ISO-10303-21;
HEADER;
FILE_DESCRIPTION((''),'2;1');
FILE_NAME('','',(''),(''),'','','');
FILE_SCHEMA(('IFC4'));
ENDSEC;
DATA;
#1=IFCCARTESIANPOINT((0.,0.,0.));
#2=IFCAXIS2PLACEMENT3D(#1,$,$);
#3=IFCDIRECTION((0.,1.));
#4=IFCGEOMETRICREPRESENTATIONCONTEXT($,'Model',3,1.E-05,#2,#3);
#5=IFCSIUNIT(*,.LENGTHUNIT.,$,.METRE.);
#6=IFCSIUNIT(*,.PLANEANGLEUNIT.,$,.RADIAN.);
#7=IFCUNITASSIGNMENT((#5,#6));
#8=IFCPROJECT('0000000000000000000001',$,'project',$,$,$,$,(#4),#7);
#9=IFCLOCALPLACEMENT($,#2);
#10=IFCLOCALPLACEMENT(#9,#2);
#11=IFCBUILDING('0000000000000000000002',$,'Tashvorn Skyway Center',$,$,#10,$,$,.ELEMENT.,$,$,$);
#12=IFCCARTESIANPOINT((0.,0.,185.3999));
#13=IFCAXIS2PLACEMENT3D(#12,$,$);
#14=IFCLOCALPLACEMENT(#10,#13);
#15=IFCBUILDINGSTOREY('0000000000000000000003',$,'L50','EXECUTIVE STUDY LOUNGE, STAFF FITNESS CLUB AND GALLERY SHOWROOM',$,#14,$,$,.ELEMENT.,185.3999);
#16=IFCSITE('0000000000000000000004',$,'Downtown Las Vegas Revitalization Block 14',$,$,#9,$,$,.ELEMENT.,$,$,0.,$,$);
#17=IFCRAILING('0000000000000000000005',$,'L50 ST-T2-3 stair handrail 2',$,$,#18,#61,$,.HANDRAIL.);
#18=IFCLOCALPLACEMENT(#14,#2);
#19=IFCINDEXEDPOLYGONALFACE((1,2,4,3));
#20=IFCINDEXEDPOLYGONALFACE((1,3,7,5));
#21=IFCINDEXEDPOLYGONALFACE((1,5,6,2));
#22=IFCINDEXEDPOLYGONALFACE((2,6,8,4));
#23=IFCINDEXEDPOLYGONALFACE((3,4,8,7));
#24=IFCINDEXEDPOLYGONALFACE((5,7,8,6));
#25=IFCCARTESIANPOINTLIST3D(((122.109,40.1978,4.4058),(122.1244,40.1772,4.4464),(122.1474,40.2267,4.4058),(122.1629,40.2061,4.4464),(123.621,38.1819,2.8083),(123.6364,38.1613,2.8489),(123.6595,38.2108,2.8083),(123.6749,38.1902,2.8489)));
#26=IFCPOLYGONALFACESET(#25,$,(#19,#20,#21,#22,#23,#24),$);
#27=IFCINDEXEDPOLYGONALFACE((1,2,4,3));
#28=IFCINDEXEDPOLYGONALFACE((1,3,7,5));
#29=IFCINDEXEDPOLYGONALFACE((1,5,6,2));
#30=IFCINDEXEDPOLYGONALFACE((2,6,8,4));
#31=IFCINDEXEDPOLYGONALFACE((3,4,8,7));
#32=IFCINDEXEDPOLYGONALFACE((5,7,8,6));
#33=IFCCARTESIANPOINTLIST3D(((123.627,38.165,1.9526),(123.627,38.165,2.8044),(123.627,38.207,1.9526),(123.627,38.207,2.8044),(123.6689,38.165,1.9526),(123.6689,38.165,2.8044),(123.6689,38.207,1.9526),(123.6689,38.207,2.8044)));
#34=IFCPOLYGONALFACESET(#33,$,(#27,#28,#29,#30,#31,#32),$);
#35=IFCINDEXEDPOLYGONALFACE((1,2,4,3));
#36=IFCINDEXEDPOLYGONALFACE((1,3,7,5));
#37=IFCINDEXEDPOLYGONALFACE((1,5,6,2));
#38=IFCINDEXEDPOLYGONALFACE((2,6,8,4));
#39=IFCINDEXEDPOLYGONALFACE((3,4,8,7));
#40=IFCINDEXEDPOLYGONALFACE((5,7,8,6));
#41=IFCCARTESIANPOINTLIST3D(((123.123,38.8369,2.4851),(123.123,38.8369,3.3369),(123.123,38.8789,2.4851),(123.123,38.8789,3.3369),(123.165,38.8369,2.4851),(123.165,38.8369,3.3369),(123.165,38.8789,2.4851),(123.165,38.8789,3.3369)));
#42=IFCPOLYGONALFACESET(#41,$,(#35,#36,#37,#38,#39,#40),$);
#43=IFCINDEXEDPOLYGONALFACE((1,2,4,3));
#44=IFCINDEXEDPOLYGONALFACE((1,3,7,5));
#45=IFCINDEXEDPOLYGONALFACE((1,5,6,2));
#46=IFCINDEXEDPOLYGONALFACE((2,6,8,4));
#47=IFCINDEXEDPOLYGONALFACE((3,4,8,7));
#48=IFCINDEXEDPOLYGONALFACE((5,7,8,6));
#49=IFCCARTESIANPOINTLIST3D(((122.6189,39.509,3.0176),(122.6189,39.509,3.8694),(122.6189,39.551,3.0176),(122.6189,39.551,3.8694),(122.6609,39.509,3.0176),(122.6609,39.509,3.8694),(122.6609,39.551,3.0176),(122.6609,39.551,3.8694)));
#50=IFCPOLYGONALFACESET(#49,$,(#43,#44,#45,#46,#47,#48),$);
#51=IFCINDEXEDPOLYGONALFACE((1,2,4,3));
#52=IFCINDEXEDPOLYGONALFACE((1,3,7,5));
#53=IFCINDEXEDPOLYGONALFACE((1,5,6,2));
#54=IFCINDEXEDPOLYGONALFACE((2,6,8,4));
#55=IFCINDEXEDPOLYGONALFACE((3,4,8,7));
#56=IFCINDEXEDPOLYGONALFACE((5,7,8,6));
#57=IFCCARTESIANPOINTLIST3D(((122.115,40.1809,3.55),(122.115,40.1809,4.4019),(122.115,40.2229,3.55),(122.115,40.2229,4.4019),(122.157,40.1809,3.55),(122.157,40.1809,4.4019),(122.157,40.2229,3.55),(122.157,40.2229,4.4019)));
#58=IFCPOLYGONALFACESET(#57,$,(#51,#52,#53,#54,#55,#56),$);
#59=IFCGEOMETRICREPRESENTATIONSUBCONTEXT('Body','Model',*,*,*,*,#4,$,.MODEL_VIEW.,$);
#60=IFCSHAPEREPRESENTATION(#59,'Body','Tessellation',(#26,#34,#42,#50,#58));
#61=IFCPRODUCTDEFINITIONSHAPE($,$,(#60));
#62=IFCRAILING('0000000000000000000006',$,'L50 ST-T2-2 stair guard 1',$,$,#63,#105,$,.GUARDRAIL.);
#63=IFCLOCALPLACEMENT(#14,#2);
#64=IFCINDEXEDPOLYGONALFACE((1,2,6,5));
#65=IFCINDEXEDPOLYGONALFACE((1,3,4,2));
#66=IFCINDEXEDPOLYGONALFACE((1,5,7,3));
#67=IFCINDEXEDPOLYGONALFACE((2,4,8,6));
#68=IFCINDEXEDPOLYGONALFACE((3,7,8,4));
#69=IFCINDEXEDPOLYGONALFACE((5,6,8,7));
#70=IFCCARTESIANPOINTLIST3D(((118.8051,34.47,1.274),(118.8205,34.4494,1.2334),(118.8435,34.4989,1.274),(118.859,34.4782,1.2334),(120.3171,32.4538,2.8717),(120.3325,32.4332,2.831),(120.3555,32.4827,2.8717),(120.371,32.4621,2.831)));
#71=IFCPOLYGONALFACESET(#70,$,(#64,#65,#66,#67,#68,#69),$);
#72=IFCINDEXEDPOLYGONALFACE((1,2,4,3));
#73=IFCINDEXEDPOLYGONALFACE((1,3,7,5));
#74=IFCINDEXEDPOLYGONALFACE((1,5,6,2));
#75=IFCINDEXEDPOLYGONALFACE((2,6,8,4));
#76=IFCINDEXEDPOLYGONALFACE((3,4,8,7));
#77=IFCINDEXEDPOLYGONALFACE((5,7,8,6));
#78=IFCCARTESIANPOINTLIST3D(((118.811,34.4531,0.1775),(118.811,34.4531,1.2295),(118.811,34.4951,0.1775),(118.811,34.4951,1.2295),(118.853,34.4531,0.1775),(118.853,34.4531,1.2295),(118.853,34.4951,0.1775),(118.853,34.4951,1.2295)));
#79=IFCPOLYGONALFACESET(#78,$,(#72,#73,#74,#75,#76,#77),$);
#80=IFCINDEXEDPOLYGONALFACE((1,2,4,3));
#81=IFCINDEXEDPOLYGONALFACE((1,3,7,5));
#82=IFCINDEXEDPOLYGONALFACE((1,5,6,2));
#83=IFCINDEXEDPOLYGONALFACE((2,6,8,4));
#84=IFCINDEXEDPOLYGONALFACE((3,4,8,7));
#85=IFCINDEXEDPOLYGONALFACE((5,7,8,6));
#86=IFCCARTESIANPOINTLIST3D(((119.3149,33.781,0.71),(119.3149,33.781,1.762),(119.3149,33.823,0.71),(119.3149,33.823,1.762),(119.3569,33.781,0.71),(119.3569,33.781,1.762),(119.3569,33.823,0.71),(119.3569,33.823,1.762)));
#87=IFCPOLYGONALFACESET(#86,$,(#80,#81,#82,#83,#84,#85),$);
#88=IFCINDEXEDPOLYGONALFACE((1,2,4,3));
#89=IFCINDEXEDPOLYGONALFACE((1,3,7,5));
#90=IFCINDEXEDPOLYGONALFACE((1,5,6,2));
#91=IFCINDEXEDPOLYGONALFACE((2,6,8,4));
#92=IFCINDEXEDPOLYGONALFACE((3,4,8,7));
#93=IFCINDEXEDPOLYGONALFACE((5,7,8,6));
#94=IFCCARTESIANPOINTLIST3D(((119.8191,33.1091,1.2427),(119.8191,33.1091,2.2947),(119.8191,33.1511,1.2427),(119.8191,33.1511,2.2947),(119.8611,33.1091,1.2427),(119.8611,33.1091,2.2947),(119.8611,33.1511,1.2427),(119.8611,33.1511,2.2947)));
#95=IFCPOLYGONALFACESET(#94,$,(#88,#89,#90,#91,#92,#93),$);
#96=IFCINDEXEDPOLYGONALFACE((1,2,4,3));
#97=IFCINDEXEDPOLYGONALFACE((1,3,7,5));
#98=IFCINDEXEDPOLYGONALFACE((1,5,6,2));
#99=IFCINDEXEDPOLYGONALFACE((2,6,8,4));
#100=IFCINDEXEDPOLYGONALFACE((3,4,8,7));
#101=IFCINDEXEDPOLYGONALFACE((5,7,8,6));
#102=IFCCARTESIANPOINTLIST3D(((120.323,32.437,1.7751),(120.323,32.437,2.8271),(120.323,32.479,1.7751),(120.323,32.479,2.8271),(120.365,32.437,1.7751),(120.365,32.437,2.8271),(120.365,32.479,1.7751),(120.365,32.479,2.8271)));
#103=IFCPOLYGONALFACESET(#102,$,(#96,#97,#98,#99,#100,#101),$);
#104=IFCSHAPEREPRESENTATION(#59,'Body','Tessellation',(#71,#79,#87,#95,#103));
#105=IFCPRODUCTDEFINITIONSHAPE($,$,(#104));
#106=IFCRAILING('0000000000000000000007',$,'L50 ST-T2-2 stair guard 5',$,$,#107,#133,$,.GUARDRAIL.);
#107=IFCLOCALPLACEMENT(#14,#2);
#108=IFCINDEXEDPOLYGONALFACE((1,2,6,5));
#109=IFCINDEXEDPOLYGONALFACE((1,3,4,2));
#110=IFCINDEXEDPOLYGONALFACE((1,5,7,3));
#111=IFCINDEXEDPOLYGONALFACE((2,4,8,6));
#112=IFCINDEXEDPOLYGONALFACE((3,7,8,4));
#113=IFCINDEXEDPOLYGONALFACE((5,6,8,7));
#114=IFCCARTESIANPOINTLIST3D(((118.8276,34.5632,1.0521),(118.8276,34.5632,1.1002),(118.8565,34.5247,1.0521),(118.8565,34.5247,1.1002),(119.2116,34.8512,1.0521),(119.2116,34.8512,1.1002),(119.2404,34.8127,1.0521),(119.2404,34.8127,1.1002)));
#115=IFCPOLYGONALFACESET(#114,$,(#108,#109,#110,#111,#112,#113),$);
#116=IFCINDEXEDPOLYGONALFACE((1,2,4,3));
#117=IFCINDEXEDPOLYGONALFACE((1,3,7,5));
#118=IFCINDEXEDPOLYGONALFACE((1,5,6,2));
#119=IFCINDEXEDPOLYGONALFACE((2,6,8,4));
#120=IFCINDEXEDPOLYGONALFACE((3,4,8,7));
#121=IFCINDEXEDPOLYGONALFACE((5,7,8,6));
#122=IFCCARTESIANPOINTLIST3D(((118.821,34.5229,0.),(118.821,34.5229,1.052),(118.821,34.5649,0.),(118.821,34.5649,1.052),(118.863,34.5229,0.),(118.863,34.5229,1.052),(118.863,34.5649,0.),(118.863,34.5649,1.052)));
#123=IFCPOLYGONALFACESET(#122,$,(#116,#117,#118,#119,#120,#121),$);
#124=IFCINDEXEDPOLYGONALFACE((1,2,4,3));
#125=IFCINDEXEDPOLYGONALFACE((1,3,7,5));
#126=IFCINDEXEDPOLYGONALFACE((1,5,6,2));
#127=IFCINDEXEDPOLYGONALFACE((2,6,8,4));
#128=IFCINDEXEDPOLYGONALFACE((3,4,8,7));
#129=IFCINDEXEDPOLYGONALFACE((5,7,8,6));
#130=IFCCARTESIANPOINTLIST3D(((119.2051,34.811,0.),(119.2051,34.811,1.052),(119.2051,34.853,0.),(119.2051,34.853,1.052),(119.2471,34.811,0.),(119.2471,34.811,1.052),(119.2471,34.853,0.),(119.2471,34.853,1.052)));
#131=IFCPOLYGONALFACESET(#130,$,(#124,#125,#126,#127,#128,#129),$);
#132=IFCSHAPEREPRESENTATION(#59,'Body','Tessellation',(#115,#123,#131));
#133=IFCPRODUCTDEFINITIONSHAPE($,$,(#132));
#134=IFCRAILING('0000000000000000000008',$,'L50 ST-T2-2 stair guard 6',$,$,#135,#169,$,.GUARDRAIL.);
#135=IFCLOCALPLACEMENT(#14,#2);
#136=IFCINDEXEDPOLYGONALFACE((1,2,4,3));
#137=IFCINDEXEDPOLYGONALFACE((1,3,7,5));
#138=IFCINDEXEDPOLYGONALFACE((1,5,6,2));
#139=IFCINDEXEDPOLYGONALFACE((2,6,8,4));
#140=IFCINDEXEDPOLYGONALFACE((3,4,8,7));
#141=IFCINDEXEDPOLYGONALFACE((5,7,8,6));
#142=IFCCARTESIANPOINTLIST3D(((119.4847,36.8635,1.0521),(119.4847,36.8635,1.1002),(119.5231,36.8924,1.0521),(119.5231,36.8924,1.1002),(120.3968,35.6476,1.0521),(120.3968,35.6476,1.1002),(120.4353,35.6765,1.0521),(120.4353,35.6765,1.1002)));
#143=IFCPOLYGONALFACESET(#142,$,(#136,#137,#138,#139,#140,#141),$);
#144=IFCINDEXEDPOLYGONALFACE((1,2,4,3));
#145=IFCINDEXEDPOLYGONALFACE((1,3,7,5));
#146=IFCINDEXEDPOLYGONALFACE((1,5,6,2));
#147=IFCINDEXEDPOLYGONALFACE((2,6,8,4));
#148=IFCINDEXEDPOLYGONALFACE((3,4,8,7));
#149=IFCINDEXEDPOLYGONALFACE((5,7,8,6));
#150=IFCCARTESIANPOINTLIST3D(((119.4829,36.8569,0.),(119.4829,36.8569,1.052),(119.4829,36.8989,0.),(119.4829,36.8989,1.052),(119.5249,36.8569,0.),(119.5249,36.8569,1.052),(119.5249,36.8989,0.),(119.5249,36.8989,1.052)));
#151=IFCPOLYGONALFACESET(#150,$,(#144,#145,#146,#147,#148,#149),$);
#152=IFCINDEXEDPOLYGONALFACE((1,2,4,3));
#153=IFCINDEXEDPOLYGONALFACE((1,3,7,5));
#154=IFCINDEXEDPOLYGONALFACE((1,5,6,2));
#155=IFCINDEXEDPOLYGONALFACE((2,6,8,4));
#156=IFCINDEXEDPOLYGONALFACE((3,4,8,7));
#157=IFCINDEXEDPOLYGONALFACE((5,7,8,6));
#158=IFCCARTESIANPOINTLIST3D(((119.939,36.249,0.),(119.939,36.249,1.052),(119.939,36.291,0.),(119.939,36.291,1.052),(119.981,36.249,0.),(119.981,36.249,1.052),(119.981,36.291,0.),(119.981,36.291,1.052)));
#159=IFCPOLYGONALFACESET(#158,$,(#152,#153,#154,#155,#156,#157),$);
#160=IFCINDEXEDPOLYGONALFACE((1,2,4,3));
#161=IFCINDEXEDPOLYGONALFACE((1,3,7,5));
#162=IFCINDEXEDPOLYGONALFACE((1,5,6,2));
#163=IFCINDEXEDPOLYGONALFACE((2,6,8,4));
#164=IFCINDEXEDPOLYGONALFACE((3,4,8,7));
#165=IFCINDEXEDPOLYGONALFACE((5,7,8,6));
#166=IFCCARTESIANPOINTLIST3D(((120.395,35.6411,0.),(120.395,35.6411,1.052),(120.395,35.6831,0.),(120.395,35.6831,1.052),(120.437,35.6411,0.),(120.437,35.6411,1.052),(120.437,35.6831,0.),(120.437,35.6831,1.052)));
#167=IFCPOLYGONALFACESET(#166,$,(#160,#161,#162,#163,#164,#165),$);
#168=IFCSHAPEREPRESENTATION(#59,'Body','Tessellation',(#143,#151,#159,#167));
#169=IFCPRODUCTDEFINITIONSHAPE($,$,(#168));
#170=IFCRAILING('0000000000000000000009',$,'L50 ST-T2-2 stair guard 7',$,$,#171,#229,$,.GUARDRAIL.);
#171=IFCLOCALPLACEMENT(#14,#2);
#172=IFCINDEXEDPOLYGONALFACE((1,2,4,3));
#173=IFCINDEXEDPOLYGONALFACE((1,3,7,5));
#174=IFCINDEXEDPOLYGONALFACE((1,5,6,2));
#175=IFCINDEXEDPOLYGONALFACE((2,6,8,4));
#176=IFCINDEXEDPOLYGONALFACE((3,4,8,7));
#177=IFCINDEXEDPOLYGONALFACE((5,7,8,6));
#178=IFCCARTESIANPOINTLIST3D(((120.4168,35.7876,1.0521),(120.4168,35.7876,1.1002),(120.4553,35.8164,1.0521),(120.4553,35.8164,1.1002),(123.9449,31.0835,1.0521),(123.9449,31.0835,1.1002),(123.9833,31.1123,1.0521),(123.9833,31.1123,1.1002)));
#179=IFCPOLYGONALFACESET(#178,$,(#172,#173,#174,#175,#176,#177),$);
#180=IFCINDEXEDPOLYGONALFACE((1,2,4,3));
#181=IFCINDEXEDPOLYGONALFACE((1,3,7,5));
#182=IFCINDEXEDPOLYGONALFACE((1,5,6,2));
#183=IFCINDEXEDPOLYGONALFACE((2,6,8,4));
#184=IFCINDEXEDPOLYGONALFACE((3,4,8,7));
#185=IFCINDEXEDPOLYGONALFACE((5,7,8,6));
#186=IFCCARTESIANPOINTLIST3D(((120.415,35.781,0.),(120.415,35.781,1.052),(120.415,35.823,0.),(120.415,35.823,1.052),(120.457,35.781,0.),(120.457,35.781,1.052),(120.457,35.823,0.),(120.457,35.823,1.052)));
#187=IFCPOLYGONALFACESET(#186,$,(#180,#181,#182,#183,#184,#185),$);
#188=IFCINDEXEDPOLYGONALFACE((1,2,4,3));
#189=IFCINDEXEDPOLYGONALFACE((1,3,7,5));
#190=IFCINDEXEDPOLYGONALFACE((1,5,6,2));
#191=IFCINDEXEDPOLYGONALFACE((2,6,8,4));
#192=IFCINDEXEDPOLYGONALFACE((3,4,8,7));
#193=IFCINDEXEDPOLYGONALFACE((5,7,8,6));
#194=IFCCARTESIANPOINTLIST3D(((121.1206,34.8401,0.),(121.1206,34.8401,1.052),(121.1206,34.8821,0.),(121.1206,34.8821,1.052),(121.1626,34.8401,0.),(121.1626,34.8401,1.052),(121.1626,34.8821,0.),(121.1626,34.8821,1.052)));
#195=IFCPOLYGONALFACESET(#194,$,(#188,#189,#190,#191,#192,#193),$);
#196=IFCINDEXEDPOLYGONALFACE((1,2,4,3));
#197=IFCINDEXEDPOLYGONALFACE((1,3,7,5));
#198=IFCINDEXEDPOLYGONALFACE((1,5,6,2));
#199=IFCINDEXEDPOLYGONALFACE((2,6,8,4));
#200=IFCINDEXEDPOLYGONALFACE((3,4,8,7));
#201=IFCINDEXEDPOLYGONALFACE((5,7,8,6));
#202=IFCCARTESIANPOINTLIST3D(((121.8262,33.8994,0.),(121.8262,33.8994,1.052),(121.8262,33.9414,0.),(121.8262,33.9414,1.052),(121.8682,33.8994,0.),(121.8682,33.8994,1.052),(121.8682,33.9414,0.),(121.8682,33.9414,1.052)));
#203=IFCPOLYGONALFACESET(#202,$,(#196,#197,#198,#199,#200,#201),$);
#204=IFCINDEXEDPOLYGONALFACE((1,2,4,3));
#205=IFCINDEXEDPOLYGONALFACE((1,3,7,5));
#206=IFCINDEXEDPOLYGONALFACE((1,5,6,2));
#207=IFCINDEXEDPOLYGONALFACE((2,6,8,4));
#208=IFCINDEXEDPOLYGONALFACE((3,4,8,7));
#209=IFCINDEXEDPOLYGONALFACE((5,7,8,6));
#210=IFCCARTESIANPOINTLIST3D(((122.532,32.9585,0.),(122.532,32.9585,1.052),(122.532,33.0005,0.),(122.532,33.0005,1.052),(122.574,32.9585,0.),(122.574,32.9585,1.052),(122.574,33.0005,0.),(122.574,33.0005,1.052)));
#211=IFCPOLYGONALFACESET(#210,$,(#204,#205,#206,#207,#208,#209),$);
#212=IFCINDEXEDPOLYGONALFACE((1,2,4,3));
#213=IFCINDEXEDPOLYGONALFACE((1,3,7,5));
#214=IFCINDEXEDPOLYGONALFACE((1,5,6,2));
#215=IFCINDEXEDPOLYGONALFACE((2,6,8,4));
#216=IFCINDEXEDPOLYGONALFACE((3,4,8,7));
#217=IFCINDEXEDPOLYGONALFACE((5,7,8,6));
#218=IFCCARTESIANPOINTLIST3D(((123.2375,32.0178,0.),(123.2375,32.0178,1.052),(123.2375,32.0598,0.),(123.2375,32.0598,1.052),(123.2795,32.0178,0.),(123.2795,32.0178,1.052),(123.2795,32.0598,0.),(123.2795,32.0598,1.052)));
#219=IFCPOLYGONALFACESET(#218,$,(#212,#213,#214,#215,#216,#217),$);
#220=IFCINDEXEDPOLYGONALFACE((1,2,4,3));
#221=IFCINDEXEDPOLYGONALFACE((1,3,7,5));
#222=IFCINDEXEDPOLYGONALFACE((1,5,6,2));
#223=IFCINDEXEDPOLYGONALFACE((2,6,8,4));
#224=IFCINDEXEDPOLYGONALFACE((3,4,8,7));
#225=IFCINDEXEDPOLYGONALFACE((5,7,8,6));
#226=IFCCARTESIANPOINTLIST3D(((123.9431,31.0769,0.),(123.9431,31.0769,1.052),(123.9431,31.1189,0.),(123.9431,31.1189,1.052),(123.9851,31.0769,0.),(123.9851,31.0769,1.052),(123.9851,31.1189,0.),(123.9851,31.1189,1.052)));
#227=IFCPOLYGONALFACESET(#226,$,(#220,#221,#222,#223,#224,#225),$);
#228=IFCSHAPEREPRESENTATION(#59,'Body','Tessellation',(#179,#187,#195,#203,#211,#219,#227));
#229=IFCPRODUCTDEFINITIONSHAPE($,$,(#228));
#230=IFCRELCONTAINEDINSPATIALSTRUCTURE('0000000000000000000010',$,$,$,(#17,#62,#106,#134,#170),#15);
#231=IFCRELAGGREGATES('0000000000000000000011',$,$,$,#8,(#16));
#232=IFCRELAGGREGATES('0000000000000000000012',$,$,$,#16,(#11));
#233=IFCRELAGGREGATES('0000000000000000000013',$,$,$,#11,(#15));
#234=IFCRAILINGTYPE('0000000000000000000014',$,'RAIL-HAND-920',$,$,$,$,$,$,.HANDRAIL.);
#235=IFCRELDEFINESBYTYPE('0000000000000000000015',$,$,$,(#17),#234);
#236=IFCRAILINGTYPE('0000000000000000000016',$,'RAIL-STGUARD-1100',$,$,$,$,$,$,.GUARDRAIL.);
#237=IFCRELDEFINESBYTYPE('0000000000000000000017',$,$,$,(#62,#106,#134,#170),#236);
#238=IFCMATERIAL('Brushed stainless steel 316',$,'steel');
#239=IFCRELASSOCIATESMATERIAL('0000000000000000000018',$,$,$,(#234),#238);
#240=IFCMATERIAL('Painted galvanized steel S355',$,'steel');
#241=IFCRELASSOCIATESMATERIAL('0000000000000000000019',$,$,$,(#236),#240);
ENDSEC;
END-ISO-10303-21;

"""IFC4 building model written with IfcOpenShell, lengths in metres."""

from ifc_helpers import new_model, si_unit, direction, frame, origin, origin_2d, place, context, subcontext, project, spatial, rectangle, extrude, material, type_object, element, save


model = new_model("IFC4")

# Units and contexts
model_context = context("Model", 3, precision=1e-05, world=origin(), true_north=direction((0.0, 1.0)))
body_context = subcontext(model_context, "Body", "Model", "MODEL_VIEW")
ifc_project = project(units=[si_unit("LENGTHUNIT", "METRE"), si_unit("PLANEANGLEUNIT", "RADIAN")], contexts=[model_context])

# Site, building, storey
site_placement = place(None, origin())
site = spatial("IfcSite", under=ifc_project, at=site_placement, Name="Downtown Las Vegas Revitalization Block 14", CompositionType="ELEMENT", RefElevation=0.0)
building_placement = place(site_placement, origin())
building = spatial("IfcBuilding", under=site, at=building_placement, Name="Tashvorn Skyway Center", CompositionType="ELEMENT")
storey_placement = place(building_placement, frame((0.0, 0.0, 185.3999)))
storey = spatial("IfcBuildingStorey", under=building, at=storey_placement, Name="L50", Description="EXECUTIVE STUDY LOUNGE, STAFF FITNESS CLUB AND GALLERY SHOWROOM", CompositionType="ELEMENT", Elevation=185.3999)

# Railings
ifc_material_1 = material(Name="Brushed stainless steel 316", Category="steel")
railing_type_1 = type_object("IfcRailingType", Name="RAIL-HAND-920", PredefinedType="HANDRAIL", material=ifc_material_1)
railing_1_placement = place(storey_placement, frame((123.6479, 38.186, 1.9526)))
element("IfcRailing", 1, at=railing_1_placement, inside=storey, type_object=railing_type_1, Name="L50 ST-T2-3 stair handrail 2", PredefinedType="HANDRAIL", context=body_context, shape_type="SweptSolid", body=[
    extrude(rectangle(XDim=0.0481, YDim=0.0481, at=origin_2d()), frame((0.0, 0.0, 0.876), z_axis=(-0.506769, 0.675664, 0.535409), x_axis=(-0.799988, -0.600016, 0.0)), (0.0, 0.0, 1.0), 2.9836),
    extrude(rectangle(XDim=0.042, YDim=0.042, at=origin_2d()), origin(), (0.0, 0.0, 1.0), 0.8518),
    extrude(rectangle(XDim=0.042, YDim=0.042, at=origin_2d()), frame((-0.5039, 0.6719, 0.5325)), (0.0, 0.0, 1.0), 0.8518),
    extrude(rectangle(XDim=0.042, YDim=0.042, at=origin_2d()), frame((-1.0081, 1.344, 1.0649)), (0.0, 0.0, 1.0), 0.8518),
    extrude(rectangle(XDim=0.042, YDim=0.042, at=origin_2d()), frame((-1.512, 2.0159, 1.5974)), (0.0, 0.0, 1.0), 0.8518),
])
ifc_material_2 = material(Name="Painted galvanized steel S355", Category="steel")
railing_type_2 = type_object("IfcRailingType", Name="RAIL-STGUARD-1100", PredefinedType="GUARDRAIL", material=ifc_material_2)
railing_2_placement = place(storey_placement, frame((118.832, 34.4741, 0.1775)))
element("IfcRailing", 2, at=railing_2_placement, inside=storey, type_object=railing_type_2, Name="L50 ST-T2-2 stair guard 1", PredefinedType="GUARDRAIL", context=body_context, shape_type="SweptSolid", body=[
    extrude(rectangle(XDim=0.0481, YDim=0.0481, at=origin_2d()), frame((0.0, 0.0, 1.0762), z_axis=(0.506719, -0.675679, 0.535438), x_axis=(0.800023, 0.599969, 0.0)), (0.0, 0.0, 1.0), 2.9839),
    extrude(rectangle(XDim=0.042, YDim=0.042, at=origin_2d()), origin(), (0.0, 0.0, 1.0), 1.052),
    extrude(rectangle(XDim=0.042, YDim=0.042, at=origin_2d()), frame((0.5039, -0.6721, 0.5325)), (0.0, 0.0, 1.0), 1.052),
    extrude(rectangle(XDim=0.042, YDim=0.042, at=origin_2d()), frame((1.0081, -1.344, 1.0652)), (0.0, 0.0, 1.0), 1.052),
    extrude(rectangle(XDim=0.042, YDim=0.042, at=origin_2d()), frame((1.512, -2.0161, 1.5977)), (0.0, 0.0, 1.0), 1.052),
])
railing_3_placement = place(storey_placement, frame((118.842, 34.5439, 0.0)))
element("IfcRailing", 3, at=railing_3_placement, inside=storey, type_object=railing_type_2, Name="L50 ST-T2-2 stair guard 5", PredefinedType="GUARDRAIL", context=body_context, shape_type="SweptSolid", body=[
    extrude(rectangle(XDim=0.0481, YDim=0.0481, at=origin_2d()), frame((0.0, 0.0, 1.0762), z_axis=(0.799939, 0.600081, 0.0), x_axis=(-0.600081, 0.799939, 0.0)), (0.0, 0.0, 1.0), 0.48),
    extrude(rectangle(XDim=0.042, YDim=0.042, at=origin_2d()), origin(), (0.0, 0.0, 1.0), 1.052),
    extrude(rectangle(XDim=0.042, YDim=0.042, at=origin_2d()), frame((0.384, 0.2881, 0.0)), (0.0, 0.0, 1.0), 1.052),
])
railing_4_placement = place(storey_placement, frame((119.5039, 36.8779, 0.0)))
element("IfcRailing", 4, at=railing_4_placement, inside=storey, type_object=railing_type_2, Name="L50 ST-T2-2 stair guard 6", PredefinedType="GUARDRAIL", context=body_context, shape_type="SweptSolid", body=[
    extrude(rectangle(XDim=0.0481, YDim=0.0481, at=origin_2d()), frame((0.0, 0.0, 1.0762), z_axis=(0.600103, -0.799923, 0.0), x_axis=(0.799923, 0.600103, 0.0)), (0.0, 0.0, 1.0), 1.52),
    extrude(rectangle(XDim=0.042, YDim=0.042, at=origin_2d()), origin(), (0.0, 0.0, 1.0), 1.052),
    extrude(rectangle(XDim=0.042, YDim=0.042, at=origin_2d()), frame((0.4561, -0.6079, 0.0)), (0.0, 0.0, 1.0), 1.052),
    extrude(rectangle(XDim=0.042, YDim=0.042, at=origin_2d()), frame((0.9121, -1.2158, 0.0)), (0.0, 0.0, 1.0), 1.052),
])
railing_5_placement = place(storey_placement, frame((120.436, 35.802, 0.0)))
element("IfcRailing", 5, at=railing_5_placement, inside=storey, type_object=railing_type_2, Name="L50 ST-T2-2 stair guard 7", PredefinedType="GUARDRAIL", context=body_context, shape_type="SweptSolid", body=[
    extrude(rectangle(XDim=0.0481, YDim=0.0481, at=origin_2d()), frame((0.0, 0.0, 1.0762), z_axis=(0.6, -0.8, 0.0), x_axis=(0.8, 0.6, 0.0)), (0.0, 0.0, 1.0), 5.8801),
    extrude(rectangle(XDim=0.042, YDim=0.042, at=origin_2d()), origin(), (0.0, 0.0, 1.0), 1.052),
    extrude(rectangle(XDim=0.042, YDim=0.042, at=origin_2d()), frame((0.7056, -0.9409, 0.0)), (0.0, 0.0, 1.0), 1.052),
    extrude(rectangle(XDim=0.042, YDim=0.042, at=origin_2d()), frame((1.4111, -1.8816, 0.0)), (0.0, 0.0, 1.0), 1.052),
    extrude(rectangle(XDim=0.042, YDim=0.042, at=origin_2d()), frame((2.1169, -2.8225, 0.0)), (0.0, 0.0, 1.0), 1.052),
    extrude(rectangle(XDim=0.042, YDim=0.042, at=origin_2d()), frame((2.8225, -3.7632, 0.0)), (0.0, 0.0, 1.0), 1.052),
    extrude(rectangle(XDim=0.042, YDim=0.042, at=origin_2d()), frame((3.5281, -4.7041, 0.0)), (0.0, 0.0, 1.0), 1.052),
])

save(model, "model.ifc")
